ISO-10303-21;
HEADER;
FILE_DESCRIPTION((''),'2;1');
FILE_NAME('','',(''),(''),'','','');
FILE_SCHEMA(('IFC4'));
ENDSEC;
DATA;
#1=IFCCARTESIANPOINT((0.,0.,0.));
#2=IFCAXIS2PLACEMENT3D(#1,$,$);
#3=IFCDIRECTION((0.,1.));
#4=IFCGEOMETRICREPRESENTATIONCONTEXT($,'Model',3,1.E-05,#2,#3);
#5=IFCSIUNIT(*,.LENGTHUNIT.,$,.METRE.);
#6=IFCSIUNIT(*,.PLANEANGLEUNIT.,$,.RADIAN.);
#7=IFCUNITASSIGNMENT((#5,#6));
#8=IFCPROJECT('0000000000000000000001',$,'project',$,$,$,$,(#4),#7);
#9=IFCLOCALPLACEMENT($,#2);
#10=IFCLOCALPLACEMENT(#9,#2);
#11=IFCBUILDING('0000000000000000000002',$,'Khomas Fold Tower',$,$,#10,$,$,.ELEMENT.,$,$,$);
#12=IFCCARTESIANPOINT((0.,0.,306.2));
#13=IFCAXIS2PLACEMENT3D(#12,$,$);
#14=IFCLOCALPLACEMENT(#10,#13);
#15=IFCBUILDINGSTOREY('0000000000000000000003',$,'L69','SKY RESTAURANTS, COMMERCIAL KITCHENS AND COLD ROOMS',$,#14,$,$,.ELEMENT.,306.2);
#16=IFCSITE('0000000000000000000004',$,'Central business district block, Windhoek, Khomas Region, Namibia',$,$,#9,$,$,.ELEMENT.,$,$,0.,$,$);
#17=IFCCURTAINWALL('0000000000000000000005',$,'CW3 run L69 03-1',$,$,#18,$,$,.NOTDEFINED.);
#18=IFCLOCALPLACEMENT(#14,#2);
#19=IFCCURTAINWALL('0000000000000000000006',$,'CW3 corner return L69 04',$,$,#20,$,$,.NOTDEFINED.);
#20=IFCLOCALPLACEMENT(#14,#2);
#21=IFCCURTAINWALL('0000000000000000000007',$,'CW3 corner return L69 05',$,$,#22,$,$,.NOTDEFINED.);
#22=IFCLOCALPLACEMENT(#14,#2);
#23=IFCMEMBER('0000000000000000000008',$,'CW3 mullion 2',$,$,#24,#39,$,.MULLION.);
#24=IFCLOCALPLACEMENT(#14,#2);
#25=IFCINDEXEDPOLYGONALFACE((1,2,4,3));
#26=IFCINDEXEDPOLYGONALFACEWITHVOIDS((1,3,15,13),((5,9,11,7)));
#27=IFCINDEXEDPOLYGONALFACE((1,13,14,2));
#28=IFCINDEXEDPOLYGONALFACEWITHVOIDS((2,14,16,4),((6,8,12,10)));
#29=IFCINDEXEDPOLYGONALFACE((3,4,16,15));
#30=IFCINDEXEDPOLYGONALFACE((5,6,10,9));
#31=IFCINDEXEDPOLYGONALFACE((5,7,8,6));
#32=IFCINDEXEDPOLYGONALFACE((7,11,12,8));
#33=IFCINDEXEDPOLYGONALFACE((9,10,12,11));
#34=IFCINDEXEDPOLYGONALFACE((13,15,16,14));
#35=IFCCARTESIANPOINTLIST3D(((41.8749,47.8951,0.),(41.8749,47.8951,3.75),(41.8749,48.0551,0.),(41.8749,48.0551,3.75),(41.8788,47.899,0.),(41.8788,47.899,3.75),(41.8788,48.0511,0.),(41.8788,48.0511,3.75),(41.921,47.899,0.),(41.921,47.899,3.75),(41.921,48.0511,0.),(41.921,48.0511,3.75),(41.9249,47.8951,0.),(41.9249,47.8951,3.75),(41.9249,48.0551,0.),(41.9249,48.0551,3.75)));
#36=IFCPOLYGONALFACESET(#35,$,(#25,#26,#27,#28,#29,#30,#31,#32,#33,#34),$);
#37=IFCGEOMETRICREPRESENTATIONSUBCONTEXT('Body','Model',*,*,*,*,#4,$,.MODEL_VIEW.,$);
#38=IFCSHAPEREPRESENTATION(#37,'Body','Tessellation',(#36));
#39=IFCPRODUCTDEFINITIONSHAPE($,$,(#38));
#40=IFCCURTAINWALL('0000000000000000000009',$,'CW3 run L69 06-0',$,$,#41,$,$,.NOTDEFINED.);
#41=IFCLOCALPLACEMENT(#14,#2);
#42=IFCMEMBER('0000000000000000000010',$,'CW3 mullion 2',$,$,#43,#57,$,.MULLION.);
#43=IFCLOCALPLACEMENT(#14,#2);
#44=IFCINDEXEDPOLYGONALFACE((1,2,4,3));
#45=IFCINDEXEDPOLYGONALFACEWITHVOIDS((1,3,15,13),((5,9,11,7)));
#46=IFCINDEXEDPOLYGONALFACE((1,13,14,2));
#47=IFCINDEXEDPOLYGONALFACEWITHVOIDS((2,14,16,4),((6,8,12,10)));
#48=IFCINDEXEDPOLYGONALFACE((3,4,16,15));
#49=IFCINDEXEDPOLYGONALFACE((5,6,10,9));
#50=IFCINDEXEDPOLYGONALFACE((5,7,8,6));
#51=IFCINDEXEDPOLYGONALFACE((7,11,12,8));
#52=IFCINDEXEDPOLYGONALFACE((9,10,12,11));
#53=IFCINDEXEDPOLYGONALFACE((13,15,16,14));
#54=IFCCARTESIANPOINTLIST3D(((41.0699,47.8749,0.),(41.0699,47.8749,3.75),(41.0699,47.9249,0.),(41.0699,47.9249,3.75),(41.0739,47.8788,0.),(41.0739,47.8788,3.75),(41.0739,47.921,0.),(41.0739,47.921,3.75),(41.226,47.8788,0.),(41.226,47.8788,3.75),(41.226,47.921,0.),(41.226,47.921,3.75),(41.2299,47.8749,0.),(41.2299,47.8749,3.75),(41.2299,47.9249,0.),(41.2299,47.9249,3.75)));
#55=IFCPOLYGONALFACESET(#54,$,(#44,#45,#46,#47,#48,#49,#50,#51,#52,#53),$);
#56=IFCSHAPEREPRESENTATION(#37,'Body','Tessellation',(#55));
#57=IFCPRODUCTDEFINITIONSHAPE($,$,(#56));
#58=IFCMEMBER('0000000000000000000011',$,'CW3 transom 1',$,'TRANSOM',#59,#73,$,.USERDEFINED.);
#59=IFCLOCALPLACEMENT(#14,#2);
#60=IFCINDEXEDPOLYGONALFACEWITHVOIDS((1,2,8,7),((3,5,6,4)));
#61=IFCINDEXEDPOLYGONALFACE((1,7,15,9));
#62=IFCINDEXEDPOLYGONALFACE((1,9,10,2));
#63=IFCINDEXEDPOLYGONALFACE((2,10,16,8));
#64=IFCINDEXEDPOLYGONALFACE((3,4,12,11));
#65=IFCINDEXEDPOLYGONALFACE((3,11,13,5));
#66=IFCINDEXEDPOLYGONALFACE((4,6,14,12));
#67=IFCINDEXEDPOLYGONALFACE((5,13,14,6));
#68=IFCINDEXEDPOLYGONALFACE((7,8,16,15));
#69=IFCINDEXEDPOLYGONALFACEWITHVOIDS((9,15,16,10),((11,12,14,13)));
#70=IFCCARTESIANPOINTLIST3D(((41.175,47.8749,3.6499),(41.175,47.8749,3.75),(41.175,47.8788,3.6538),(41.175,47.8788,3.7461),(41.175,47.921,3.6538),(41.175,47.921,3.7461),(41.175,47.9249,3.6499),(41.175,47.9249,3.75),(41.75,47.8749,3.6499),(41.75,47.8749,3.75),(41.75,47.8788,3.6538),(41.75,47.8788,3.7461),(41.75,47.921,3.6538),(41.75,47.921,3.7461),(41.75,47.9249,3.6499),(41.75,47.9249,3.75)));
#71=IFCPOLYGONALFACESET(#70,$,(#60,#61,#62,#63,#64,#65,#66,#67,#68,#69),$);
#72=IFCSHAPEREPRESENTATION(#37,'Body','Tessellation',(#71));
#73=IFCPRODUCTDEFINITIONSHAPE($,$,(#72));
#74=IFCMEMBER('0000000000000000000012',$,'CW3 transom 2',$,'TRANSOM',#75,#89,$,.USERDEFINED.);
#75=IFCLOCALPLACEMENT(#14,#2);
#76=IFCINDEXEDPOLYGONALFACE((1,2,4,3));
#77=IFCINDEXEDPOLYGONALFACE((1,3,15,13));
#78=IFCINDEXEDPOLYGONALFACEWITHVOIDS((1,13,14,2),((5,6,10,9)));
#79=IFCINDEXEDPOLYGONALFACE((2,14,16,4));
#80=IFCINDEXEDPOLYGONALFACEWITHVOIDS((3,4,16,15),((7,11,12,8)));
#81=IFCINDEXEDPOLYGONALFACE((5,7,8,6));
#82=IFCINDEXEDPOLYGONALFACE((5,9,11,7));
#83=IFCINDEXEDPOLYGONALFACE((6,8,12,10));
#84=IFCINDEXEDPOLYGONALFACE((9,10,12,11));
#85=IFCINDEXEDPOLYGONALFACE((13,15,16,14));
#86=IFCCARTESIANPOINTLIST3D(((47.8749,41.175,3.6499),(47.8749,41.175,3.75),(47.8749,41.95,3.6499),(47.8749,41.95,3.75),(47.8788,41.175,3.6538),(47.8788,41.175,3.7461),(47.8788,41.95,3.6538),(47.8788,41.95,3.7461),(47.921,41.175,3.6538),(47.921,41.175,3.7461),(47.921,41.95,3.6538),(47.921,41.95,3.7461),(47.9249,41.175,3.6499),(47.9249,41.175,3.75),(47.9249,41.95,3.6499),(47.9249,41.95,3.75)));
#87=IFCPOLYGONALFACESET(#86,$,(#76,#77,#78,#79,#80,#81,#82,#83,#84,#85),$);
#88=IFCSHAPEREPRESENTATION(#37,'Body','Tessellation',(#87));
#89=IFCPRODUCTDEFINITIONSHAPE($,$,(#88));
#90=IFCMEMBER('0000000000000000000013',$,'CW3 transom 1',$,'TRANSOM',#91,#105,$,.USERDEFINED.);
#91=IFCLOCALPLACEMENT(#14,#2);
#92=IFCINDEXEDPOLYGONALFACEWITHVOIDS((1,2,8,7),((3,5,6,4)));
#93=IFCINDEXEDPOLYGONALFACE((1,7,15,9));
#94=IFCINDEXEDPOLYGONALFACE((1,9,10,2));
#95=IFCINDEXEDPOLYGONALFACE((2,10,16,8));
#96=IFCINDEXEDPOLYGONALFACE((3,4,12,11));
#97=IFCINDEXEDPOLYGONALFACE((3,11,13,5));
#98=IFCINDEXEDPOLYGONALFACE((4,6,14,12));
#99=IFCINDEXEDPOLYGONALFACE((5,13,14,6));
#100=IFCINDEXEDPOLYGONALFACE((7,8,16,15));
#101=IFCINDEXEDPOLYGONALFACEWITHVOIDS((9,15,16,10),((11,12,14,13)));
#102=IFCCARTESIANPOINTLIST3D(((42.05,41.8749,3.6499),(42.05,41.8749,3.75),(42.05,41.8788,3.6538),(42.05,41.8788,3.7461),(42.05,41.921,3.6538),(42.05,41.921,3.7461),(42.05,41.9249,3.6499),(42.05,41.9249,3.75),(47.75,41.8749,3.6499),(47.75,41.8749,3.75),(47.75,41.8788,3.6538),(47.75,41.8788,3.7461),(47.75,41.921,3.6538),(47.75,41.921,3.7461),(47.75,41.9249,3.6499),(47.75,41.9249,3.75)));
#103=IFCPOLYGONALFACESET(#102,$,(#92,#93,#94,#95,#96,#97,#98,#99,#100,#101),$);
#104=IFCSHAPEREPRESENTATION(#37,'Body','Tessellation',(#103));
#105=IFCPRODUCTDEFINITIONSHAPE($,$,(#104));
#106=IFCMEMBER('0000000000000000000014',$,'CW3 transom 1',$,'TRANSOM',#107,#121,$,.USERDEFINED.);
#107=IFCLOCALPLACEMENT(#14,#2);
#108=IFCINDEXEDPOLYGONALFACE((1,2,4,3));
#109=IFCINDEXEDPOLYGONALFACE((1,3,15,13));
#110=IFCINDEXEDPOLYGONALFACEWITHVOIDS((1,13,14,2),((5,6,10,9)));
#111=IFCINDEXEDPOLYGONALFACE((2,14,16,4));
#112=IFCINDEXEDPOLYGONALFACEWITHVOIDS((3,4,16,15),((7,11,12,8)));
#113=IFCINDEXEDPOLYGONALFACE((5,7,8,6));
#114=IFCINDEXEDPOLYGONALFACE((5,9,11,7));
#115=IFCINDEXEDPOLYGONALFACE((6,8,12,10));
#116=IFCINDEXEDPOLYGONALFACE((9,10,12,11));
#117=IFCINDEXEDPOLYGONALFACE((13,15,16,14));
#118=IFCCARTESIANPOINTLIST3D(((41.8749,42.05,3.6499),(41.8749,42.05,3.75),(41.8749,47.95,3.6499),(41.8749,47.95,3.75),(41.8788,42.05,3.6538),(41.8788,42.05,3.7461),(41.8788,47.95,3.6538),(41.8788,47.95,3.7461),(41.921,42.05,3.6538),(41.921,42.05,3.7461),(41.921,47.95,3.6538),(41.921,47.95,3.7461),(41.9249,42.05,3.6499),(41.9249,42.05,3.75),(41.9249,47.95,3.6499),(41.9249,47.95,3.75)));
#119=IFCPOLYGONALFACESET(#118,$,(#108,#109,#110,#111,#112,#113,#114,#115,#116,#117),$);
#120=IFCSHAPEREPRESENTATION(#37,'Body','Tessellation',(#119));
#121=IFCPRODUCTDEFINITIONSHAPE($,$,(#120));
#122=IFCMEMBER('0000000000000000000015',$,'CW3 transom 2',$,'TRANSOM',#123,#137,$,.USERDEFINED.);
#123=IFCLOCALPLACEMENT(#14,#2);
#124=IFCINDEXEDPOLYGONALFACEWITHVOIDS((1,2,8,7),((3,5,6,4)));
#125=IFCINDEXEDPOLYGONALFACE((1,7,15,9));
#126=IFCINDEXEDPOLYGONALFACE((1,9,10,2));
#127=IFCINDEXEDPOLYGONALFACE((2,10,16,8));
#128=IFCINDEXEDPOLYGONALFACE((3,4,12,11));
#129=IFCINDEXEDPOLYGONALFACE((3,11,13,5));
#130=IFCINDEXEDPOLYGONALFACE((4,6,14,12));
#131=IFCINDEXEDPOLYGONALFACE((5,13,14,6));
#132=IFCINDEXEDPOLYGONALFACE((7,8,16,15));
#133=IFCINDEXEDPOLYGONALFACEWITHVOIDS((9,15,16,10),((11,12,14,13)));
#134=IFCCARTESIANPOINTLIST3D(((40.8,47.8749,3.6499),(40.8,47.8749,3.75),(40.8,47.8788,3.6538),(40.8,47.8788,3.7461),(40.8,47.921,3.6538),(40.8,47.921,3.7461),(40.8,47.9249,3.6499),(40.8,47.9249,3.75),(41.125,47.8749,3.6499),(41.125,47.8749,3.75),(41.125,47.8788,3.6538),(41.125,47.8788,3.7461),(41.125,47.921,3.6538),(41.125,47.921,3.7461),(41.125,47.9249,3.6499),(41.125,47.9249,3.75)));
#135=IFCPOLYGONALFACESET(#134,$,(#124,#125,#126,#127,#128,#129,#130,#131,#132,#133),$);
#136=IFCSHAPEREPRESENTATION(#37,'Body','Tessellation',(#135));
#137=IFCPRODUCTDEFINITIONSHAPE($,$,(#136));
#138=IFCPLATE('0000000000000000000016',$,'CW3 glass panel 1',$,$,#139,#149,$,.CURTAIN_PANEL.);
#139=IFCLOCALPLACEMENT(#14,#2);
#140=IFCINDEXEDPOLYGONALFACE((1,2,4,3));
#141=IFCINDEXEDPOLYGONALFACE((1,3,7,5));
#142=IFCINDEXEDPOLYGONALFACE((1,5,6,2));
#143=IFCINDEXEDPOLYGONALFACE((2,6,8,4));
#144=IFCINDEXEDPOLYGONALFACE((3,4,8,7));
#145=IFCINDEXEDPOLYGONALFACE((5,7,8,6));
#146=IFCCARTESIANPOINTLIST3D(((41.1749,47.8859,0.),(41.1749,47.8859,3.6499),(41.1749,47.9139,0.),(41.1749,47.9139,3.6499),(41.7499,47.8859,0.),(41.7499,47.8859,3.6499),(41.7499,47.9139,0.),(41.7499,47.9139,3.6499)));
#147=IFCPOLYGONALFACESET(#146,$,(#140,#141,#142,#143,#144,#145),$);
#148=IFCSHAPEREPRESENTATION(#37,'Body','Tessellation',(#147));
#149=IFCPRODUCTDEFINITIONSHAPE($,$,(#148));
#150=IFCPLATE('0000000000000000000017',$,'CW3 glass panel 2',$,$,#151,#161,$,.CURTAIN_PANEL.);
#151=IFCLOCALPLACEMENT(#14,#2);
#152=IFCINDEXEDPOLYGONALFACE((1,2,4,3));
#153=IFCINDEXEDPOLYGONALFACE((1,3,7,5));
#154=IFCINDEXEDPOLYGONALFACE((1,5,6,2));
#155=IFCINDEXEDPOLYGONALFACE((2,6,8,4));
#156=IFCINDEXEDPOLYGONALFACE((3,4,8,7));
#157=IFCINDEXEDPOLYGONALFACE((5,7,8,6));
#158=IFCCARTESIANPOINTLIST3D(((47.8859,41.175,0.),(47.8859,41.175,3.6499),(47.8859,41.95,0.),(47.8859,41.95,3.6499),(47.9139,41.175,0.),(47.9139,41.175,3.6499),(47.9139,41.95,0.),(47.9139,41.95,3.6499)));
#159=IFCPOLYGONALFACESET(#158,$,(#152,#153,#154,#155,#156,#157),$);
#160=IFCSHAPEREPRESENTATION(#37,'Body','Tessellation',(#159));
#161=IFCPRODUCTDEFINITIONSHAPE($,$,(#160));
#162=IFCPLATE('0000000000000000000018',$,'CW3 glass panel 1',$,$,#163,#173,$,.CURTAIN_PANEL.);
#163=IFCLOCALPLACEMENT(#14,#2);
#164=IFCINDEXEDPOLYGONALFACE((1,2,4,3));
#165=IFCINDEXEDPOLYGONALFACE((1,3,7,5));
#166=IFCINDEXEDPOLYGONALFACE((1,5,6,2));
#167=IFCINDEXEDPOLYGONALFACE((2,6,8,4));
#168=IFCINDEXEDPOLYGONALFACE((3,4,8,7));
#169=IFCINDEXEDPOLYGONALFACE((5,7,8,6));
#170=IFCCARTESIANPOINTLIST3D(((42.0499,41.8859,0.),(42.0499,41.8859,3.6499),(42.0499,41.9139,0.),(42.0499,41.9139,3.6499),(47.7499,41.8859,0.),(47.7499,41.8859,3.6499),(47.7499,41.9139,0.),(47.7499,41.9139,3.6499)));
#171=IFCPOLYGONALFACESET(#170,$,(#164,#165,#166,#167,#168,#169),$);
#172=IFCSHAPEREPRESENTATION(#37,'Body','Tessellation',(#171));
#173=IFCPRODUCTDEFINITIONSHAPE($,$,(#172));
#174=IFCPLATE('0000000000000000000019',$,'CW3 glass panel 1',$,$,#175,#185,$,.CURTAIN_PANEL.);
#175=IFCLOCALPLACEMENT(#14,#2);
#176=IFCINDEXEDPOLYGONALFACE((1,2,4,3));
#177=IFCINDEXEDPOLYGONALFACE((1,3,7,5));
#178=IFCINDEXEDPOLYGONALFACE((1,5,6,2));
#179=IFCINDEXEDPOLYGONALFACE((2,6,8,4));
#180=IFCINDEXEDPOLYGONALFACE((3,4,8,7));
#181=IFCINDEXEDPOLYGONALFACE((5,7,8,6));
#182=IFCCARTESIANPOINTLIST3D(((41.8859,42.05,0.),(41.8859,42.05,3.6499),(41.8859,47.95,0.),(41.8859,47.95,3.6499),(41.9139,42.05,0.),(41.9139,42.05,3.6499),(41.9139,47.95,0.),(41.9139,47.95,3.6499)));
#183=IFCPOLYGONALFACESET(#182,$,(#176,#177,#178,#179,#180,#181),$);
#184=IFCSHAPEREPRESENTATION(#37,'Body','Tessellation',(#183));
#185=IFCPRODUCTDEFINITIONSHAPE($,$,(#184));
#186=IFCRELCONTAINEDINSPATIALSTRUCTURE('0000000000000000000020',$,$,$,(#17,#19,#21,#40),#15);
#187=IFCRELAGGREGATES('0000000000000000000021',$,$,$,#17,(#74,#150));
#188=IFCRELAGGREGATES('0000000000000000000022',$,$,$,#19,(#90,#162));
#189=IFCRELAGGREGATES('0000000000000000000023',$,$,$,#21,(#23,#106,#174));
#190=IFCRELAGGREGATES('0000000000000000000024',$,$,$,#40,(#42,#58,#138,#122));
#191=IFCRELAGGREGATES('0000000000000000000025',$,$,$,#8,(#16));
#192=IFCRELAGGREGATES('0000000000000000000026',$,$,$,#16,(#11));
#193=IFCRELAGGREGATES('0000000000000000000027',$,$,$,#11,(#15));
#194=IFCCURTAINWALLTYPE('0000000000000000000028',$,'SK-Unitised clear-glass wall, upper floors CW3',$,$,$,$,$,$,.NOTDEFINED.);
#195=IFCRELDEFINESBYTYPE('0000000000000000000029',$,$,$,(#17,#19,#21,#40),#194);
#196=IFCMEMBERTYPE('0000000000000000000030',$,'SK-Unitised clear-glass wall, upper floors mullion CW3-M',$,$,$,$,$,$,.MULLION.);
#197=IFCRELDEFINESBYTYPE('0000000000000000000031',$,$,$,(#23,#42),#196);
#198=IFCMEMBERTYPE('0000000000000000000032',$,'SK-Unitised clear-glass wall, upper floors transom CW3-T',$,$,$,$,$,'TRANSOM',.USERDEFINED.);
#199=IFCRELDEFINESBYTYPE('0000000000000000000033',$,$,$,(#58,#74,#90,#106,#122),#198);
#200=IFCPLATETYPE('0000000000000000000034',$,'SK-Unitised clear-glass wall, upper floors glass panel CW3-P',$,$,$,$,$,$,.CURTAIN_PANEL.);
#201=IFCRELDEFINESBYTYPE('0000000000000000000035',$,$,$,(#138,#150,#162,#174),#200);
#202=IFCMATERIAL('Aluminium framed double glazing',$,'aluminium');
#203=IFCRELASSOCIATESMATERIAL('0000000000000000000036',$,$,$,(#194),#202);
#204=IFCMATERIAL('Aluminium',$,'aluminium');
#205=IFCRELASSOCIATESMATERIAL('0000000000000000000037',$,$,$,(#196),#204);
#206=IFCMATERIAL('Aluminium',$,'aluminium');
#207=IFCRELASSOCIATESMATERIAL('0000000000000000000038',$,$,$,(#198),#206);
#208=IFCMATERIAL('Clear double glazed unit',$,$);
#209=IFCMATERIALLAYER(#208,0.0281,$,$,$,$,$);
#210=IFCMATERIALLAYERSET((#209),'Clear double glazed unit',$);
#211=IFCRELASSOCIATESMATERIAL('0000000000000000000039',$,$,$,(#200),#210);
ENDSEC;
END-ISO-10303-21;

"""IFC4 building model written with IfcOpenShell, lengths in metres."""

from ifc_helpers import new_model, si_unit, direction, frame, origin, origin_2d, place, context, subcontext, project, spatial, rectangle, hollow_rectangle, extrude, source, transform, mapped, material, layer, layer_set, material_profile, profile_set, type_object, element, aggregate, save


model = new_model("IFC4")

# Units and contexts
model_context = context("Model", 3, precision=1e-05, world=origin(), true_north=direction((0.0, 1.0)))
body_context = subcontext(model_context, "Body", "Model", "MODEL_VIEW")
ifc_project = project(units=[si_unit("LENGTHUNIT", "METRE"), si_unit("PLANEANGLEUNIT", "RADIAN")], contexts=[model_context])

# Site, building, storey
site_placement = place(None, origin())
site = spatial("IfcSite", under=ifc_project, at=site_placement, Name="Central business district block, Windhoek, Khomas Region, Namibia", CompositionType="ELEMENT", RefElevation=0.0)
building_placement = place(site_placement, origin())
building = spatial("IfcBuilding", under=site, at=building_placement, Name="Khomas Fold Tower", CompositionType="ELEMENT")
storey_placement = place(building_placement, frame((0.0, 0.0, 306.2)))
storey = spatial("IfcBuildingStorey", under=building, at=storey_placement, Name="L69", Description="SKY RESTAURANTS, COMMERCIAL KITCHENS AND COLD ROOMS", CompositionType="ELEMENT", Elevation=306.2)

# Curtain walls, members
ifc_material_1 = material(Name="Aluminium framed double glazing", Category="aluminium")
curtain_wall_type = type_object("IfcCurtainWallType", Name="SK-Unitised clear-glass wall, upper floors CW3", PredefinedType="NOTDEFINED", material=ifc_material_1)
curtain_wall_1_placement = place(storey_placement, origin())
curtain_wall_1 = element("IfcCurtainWall", 1, at=curtain_wall_1_placement, inside=storey, type_object=curtain_wall_type, Name="CW3 run L69 03-1", PredefinedType="NOTDEFINED")
ifc_material_2 = material(Name="Aluminium", Category="aluminium")
ifc_material_profile_1 = material_profile(ifc_material_2, hollow_rectangle(XDim=0.05, YDim=0.1599, WallThickness=0.0039, at=origin_2d()), Name="SK-Unitised clear-glass wall, upper floors mullion CW3-M")
ifc_profile_set_1 = profile_set([ifc_material_profile_1], Name="Aluminium")
member_type_1 = type_object("IfcMemberType", Name="SK-Unitised clear-glass wall, upper floors mullion CW3-M", PredefinedType="MULLION", material=ifc_profile_set_1)
shared_shape_1 = source(origin(), body_context, "Body", "SweptSolid", [
    extrude(hollow_rectangle(XDim=0.05, YDim=0.1599, WallThickness=0.0039, at=origin_2d()), origin(), (0.0, 0.0, 1.0), 3.75),
])
curtain_wall_2_placement = place(storey_placement, origin())
curtain_wall_2 = element("IfcCurtainWall", 2, at=curtain_wall_2_placement, inside=storey, type_object=curtain_wall_type, Name="CW3 corner return L69 04", PredefinedType="NOTDEFINED")
curtain_wall_3_placement = place(storey_placement, origin())
curtain_wall_3 = element("IfcCurtainWall", 3, at=curtain_wall_3_placement, inside=storey, type_object=curtain_wall_type, Name="CW3 corner return L69 05", PredefinedType="NOTDEFINED")
member_1_placement = place(storey_placement, frame((41.8999, 47.9751, 0.0), z_axis=(0.0, 0.0, 1.0), x_axis=(-1.0, 0.0, 0.0)))
member_1 = element("IfcMember", 4, at=member_1_placement, type_object=member_type_1, Name="CW3 mullion 2", PredefinedType="MULLION", context=body_context, shape_type="MappedRepresentation", body=[
    mapped(shared_shape_1, transform((0.0, 0.0, 0.0))),
])
curtain_wall_4_placement = place(storey_placement, origin())
curtain_wall_4 = element("IfcCurtainWall", 5, at=curtain_wall_4_placement, inside=storey, type_object=curtain_wall_type, Name="CW3 run L69 06-0", PredefinedType="NOTDEFINED")
member_2_placement = place(storey_placement, frame((41.1499, 47.8999, 0.0), z_axis=(0.0, 0.0, 1.0), x_axis=(0.0, -1.0, 0.0)))
member_2 = element("IfcMember", 6, at=member_2_placement, type_object=member_type_1, Name="CW3 mullion 2", PredefinedType="MULLION", context=body_context, shape_type="MappedRepresentation", body=[
    mapped(shared_shape_1, transform((0.0, 0.0, 0.0))),
])
ifc_material_3 = material(Name="Aluminium", Category="aluminium")
ifc_material_profile_2 = material_profile(ifc_material_3, hollow_rectangle(XDim=0.05, YDim=0.1001, WallThickness=0.0039, at=origin_2d()), Name="SK-Unitised clear-glass wall, upper floors transom CW3-T")
ifc_profile_set_2 = profile_set([ifc_material_profile_2], Name="Aluminium")
member_type_2 = type_object("IfcMemberType", Name="SK-Unitised clear-glass wall, upper floors transom CW3-T", ElementType="TRANSOM", PredefinedType="USERDEFINED", material=ifc_profile_set_2)
shared_shape_2 = source(origin(), body_context, "Body", "SweptSolid", [
    extrude(hollow_rectangle(XDim=0.05, YDim=0.1001, WallThickness=0.0039, at=origin_2d()), origin(), (0.0, 0.0, 1.0), 0.575),
])
member_3_placement = place(storey_placement, frame((41.75, 47.8999, 3.7), z_axis=(-1.0, 0.0, 0.0), x_axis=(0.0, -1.0, 0.0)))
member_3 = element("IfcMember", 7, at=member_3_placement, type_object=member_type_2, Name="CW3 transom 1", ObjectType="TRANSOM", PredefinedType="USERDEFINED", context=body_context, shape_type="MappedRepresentation", body=[
    mapped(shared_shape_2, transform((0.0, 0.0, 0.0))),
])

# Members
shared_shape_3 = source(origin(), body_context, "Body", "SweptSolid", [
    extrude(hollow_rectangle(XDim=0.05, YDim=0.1001, WallThickness=0.0039, at=origin_2d()), origin(), (0.0, 0.0, 1.0), 0.7749),
])
member_4_placement = place(storey_placement, frame((47.8999, 41.175, 3.7), z_axis=(0.0, 1.0, 0.0), x_axis=(-1.0, 0.0, 0.0)))
member_4 = element("IfcMember", 8, at=member_4_placement, type_object=member_type_2, Name="CW3 transom 2", ObjectType="TRANSOM", PredefinedType="USERDEFINED", context=body_context, shape_type="MappedRepresentation", body=[
    mapped(shared_shape_3, transform((0.0, 0.0, 0.0))),
])
shared_shape_4 = source(origin(), body_context, "Body", "SweptSolid", [
    extrude(hollow_rectangle(XDim=0.05, YDim=0.1001, WallThickness=0.0039, at=origin_2d()), origin(), (0.0, 0.0, 1.0), 5.7),
])
member_5_placement = place(storey_placement, frame((47.75, 41.8999, 3.7), z_axis=(-1.0, 0.0, 0.0), x_axis=(0.0, -1.0, 0.0)))
member_5 = element("IfcMember", 9, at=member_5_placement, type_object=member_type_2, Name="CW3 transom 1", ObjectType="TRANSOM", PredefinedType="USERDEFINED", context=body_context, shape_type="MappedRepresentation", body=[
    mapped(shared_shape_4, transform((0.0, 0.0, 0.0))),
])
shared_shape_5 = source(origin(), body_context, "Body", "SweptSolid", [
    extrude(hollow_rectangle(XDim=0.05, YDim=0.1001, WallThickness=0.0039, at=origin_2d()), origin(), (0.0, 0.0, 1.0), 5.8999),
])
member_6_placement = place(storey_placement, frame((41.8999, 42.05, 3.7), z_axis=(0.0, 1.0, 0.0), x_axis=(-1.0, 0.0, 0.0)))
member_6 = element("IfcMember", 10, at=member_6_placement, type_object=member_type_2, Name="CW3 transom 1", ObjectType="TRANSOM", PredefinedType="USERDEFINED", context=body_context, shape_type="MappedRepresentation", body=[
    mapped(shared_shape_5, transform((0.0, 0.0, 0.0))),
])
shared_shape_6 = source(origin(), body_context, "Body", "SweptSolid", [
    extrude(hollow_rectangle(XDim=0.05, YDim=0.1001, WallThickness=0.0039, at=origin_2d()), origin(), (0.0, 0.0, 1.0), 0.325),
])
member_7_placement = place(storey_placement, frame((41.125, 47.8999, 3.7), z_axis=(-1.0, 0.0, 0.0), x_axis=(0.0, -1.0, 0.0)))
member_7 = element("IfcMember", 11, at=member_7_placement, type_object=member_type_2, Name="CW3 transom 2", ObjectType="TRANSOM", PredefinedType="USERDEFINED", context=body_context, shape_type="MappedRepresentation", body=[
    mapped(shared_shape_6, transform((0.0, 0.0, 0.0))),
])

# Plates
ifc_material_4 = material(Name="Clear double glazed unit")
ifc_layer_1 = layer(ifc_material_4, 0.0281)
ifc_layer_set_1 = layer_set([ifc_layer_1], Name="Clear double glazed unit")
plate_type = type_object("IfcPlateType", Name="SK-Unitised clear-glass wall, upper floors glass panel CW3-P", PredefinedType="CURTAIN_PANEL", material=ifc_layer_set_1)
shared_shape_7 = source(origin(), body_context, "Body", "SweptSolid", [
    extrude(rectangle(XDim=0.575, YDim=0.0281, at=origin_2d()), origin(), (0.0, 0.0, 1.0), 3.6499),
])
plate_1_placement = place(storey_placement, frame((41.4624, 47.8999, 0.0), z_axis=(0.0, 0.0, 1.0), x_axis=(-1.0, 0.0, 0.0)))
plate_1 = element("IfcPlate", 12, at=plate_1_placement, type_object=plate_type, Name="CW3 glass panel 1", PredefinedType="CURTAIN_PANEL", context=body_context, shape_type="MappedRepresentation", body=[
    mapped(shared_shape_7, transform((0.0, 0.0, 0.0))),
])
shared_shape_8 = source(origin(), body_context, "Body", "SweptSolid", [
    extrude(rectangle(XDim=0.7749, YDim=0.0281, at=origin_2d()), origin(), (0.0, 0.0, 1.0), 3.6499),
])
plate_2_placement = place(storey_placement, frame((47.8999, 41.5625, 0.0), z_axis=(0.0, 0.0, 1.0), x_axis=(0.0, 1.0, 0.0)))
plate_2 = element("IfcPlate", 13, at=plate_2_placement, type_object=plate_type, Name="CW3 glass panel 2", PredefinedType="CURTAIN_PANEL", context=body_context, shape_type="MappedRepresentation", body=[
    mapped(shared_shape_8, transform((0.0, 0.0, 0.0))),
])
aggregate(curtain_wall_1, [member_4, plate_2])
shared_shape_9 = source(origin(), body_context, "Body", "SweptSolid", [
    extrude(rectangle(XDim=5.7, YDim=0.0281, at=origin_2d()), origin(), (0.0, 0.0, 1.0), 3.6499),
])
plate_3_placement = place(storey_placement, frame((44.8999, 41.8999, 0.0), z_axis=(0.0, 0.0, 1.0), x_axis=(-1.0, 0.0, 0.0)))
plate_3 = element("IfcPlate", 14, at=plate_3_placement, type_object=plate_type, Name="CW3 glass panel 1", PredefinedType="CURTAIN_PANEL", context=body_context, shape_type="MappedRepresentation", body=[
    mapped(shared_shape_9, transform((0.0, 0.0, 0.0))),
])
aggregate(curtain_wall_2, [member_5, plate_3])
shared_shape_10 = source(origin(), body_context, "Body", "SweptSolid", [
    extrude(rectangle(XDim=5.8999, YDim=0.0281, at=origin_2d()), origin(), (0.0, 0.0, 1.0), 3.6499),
])
plate_4_placement = place(storey_placement, frame((41.8999, 45.0, 0.0), z_axis=(0.0, 0.0, 1.0), x_axis=(0.0, 1.0, 0.0)))
plate_4 = element("IfcPlate", 15, at=plate_4_placement, type_object=plate_type, Name="CW3 glass panel 1", PredefinedType="CURTAIN_PANEL", context=body_context, shape_type="MappedRepresentation", body=[
    mapped(shared_shape_10, transform((0.0, 0.0, 0.0))),
])
aggregate(curtain_wall_3, [member_1, member_6, plate_4])
aggregate(curtain_wall_4, [member_2, member_3, plate_1, member_7])

save(model, "model.ifc")
